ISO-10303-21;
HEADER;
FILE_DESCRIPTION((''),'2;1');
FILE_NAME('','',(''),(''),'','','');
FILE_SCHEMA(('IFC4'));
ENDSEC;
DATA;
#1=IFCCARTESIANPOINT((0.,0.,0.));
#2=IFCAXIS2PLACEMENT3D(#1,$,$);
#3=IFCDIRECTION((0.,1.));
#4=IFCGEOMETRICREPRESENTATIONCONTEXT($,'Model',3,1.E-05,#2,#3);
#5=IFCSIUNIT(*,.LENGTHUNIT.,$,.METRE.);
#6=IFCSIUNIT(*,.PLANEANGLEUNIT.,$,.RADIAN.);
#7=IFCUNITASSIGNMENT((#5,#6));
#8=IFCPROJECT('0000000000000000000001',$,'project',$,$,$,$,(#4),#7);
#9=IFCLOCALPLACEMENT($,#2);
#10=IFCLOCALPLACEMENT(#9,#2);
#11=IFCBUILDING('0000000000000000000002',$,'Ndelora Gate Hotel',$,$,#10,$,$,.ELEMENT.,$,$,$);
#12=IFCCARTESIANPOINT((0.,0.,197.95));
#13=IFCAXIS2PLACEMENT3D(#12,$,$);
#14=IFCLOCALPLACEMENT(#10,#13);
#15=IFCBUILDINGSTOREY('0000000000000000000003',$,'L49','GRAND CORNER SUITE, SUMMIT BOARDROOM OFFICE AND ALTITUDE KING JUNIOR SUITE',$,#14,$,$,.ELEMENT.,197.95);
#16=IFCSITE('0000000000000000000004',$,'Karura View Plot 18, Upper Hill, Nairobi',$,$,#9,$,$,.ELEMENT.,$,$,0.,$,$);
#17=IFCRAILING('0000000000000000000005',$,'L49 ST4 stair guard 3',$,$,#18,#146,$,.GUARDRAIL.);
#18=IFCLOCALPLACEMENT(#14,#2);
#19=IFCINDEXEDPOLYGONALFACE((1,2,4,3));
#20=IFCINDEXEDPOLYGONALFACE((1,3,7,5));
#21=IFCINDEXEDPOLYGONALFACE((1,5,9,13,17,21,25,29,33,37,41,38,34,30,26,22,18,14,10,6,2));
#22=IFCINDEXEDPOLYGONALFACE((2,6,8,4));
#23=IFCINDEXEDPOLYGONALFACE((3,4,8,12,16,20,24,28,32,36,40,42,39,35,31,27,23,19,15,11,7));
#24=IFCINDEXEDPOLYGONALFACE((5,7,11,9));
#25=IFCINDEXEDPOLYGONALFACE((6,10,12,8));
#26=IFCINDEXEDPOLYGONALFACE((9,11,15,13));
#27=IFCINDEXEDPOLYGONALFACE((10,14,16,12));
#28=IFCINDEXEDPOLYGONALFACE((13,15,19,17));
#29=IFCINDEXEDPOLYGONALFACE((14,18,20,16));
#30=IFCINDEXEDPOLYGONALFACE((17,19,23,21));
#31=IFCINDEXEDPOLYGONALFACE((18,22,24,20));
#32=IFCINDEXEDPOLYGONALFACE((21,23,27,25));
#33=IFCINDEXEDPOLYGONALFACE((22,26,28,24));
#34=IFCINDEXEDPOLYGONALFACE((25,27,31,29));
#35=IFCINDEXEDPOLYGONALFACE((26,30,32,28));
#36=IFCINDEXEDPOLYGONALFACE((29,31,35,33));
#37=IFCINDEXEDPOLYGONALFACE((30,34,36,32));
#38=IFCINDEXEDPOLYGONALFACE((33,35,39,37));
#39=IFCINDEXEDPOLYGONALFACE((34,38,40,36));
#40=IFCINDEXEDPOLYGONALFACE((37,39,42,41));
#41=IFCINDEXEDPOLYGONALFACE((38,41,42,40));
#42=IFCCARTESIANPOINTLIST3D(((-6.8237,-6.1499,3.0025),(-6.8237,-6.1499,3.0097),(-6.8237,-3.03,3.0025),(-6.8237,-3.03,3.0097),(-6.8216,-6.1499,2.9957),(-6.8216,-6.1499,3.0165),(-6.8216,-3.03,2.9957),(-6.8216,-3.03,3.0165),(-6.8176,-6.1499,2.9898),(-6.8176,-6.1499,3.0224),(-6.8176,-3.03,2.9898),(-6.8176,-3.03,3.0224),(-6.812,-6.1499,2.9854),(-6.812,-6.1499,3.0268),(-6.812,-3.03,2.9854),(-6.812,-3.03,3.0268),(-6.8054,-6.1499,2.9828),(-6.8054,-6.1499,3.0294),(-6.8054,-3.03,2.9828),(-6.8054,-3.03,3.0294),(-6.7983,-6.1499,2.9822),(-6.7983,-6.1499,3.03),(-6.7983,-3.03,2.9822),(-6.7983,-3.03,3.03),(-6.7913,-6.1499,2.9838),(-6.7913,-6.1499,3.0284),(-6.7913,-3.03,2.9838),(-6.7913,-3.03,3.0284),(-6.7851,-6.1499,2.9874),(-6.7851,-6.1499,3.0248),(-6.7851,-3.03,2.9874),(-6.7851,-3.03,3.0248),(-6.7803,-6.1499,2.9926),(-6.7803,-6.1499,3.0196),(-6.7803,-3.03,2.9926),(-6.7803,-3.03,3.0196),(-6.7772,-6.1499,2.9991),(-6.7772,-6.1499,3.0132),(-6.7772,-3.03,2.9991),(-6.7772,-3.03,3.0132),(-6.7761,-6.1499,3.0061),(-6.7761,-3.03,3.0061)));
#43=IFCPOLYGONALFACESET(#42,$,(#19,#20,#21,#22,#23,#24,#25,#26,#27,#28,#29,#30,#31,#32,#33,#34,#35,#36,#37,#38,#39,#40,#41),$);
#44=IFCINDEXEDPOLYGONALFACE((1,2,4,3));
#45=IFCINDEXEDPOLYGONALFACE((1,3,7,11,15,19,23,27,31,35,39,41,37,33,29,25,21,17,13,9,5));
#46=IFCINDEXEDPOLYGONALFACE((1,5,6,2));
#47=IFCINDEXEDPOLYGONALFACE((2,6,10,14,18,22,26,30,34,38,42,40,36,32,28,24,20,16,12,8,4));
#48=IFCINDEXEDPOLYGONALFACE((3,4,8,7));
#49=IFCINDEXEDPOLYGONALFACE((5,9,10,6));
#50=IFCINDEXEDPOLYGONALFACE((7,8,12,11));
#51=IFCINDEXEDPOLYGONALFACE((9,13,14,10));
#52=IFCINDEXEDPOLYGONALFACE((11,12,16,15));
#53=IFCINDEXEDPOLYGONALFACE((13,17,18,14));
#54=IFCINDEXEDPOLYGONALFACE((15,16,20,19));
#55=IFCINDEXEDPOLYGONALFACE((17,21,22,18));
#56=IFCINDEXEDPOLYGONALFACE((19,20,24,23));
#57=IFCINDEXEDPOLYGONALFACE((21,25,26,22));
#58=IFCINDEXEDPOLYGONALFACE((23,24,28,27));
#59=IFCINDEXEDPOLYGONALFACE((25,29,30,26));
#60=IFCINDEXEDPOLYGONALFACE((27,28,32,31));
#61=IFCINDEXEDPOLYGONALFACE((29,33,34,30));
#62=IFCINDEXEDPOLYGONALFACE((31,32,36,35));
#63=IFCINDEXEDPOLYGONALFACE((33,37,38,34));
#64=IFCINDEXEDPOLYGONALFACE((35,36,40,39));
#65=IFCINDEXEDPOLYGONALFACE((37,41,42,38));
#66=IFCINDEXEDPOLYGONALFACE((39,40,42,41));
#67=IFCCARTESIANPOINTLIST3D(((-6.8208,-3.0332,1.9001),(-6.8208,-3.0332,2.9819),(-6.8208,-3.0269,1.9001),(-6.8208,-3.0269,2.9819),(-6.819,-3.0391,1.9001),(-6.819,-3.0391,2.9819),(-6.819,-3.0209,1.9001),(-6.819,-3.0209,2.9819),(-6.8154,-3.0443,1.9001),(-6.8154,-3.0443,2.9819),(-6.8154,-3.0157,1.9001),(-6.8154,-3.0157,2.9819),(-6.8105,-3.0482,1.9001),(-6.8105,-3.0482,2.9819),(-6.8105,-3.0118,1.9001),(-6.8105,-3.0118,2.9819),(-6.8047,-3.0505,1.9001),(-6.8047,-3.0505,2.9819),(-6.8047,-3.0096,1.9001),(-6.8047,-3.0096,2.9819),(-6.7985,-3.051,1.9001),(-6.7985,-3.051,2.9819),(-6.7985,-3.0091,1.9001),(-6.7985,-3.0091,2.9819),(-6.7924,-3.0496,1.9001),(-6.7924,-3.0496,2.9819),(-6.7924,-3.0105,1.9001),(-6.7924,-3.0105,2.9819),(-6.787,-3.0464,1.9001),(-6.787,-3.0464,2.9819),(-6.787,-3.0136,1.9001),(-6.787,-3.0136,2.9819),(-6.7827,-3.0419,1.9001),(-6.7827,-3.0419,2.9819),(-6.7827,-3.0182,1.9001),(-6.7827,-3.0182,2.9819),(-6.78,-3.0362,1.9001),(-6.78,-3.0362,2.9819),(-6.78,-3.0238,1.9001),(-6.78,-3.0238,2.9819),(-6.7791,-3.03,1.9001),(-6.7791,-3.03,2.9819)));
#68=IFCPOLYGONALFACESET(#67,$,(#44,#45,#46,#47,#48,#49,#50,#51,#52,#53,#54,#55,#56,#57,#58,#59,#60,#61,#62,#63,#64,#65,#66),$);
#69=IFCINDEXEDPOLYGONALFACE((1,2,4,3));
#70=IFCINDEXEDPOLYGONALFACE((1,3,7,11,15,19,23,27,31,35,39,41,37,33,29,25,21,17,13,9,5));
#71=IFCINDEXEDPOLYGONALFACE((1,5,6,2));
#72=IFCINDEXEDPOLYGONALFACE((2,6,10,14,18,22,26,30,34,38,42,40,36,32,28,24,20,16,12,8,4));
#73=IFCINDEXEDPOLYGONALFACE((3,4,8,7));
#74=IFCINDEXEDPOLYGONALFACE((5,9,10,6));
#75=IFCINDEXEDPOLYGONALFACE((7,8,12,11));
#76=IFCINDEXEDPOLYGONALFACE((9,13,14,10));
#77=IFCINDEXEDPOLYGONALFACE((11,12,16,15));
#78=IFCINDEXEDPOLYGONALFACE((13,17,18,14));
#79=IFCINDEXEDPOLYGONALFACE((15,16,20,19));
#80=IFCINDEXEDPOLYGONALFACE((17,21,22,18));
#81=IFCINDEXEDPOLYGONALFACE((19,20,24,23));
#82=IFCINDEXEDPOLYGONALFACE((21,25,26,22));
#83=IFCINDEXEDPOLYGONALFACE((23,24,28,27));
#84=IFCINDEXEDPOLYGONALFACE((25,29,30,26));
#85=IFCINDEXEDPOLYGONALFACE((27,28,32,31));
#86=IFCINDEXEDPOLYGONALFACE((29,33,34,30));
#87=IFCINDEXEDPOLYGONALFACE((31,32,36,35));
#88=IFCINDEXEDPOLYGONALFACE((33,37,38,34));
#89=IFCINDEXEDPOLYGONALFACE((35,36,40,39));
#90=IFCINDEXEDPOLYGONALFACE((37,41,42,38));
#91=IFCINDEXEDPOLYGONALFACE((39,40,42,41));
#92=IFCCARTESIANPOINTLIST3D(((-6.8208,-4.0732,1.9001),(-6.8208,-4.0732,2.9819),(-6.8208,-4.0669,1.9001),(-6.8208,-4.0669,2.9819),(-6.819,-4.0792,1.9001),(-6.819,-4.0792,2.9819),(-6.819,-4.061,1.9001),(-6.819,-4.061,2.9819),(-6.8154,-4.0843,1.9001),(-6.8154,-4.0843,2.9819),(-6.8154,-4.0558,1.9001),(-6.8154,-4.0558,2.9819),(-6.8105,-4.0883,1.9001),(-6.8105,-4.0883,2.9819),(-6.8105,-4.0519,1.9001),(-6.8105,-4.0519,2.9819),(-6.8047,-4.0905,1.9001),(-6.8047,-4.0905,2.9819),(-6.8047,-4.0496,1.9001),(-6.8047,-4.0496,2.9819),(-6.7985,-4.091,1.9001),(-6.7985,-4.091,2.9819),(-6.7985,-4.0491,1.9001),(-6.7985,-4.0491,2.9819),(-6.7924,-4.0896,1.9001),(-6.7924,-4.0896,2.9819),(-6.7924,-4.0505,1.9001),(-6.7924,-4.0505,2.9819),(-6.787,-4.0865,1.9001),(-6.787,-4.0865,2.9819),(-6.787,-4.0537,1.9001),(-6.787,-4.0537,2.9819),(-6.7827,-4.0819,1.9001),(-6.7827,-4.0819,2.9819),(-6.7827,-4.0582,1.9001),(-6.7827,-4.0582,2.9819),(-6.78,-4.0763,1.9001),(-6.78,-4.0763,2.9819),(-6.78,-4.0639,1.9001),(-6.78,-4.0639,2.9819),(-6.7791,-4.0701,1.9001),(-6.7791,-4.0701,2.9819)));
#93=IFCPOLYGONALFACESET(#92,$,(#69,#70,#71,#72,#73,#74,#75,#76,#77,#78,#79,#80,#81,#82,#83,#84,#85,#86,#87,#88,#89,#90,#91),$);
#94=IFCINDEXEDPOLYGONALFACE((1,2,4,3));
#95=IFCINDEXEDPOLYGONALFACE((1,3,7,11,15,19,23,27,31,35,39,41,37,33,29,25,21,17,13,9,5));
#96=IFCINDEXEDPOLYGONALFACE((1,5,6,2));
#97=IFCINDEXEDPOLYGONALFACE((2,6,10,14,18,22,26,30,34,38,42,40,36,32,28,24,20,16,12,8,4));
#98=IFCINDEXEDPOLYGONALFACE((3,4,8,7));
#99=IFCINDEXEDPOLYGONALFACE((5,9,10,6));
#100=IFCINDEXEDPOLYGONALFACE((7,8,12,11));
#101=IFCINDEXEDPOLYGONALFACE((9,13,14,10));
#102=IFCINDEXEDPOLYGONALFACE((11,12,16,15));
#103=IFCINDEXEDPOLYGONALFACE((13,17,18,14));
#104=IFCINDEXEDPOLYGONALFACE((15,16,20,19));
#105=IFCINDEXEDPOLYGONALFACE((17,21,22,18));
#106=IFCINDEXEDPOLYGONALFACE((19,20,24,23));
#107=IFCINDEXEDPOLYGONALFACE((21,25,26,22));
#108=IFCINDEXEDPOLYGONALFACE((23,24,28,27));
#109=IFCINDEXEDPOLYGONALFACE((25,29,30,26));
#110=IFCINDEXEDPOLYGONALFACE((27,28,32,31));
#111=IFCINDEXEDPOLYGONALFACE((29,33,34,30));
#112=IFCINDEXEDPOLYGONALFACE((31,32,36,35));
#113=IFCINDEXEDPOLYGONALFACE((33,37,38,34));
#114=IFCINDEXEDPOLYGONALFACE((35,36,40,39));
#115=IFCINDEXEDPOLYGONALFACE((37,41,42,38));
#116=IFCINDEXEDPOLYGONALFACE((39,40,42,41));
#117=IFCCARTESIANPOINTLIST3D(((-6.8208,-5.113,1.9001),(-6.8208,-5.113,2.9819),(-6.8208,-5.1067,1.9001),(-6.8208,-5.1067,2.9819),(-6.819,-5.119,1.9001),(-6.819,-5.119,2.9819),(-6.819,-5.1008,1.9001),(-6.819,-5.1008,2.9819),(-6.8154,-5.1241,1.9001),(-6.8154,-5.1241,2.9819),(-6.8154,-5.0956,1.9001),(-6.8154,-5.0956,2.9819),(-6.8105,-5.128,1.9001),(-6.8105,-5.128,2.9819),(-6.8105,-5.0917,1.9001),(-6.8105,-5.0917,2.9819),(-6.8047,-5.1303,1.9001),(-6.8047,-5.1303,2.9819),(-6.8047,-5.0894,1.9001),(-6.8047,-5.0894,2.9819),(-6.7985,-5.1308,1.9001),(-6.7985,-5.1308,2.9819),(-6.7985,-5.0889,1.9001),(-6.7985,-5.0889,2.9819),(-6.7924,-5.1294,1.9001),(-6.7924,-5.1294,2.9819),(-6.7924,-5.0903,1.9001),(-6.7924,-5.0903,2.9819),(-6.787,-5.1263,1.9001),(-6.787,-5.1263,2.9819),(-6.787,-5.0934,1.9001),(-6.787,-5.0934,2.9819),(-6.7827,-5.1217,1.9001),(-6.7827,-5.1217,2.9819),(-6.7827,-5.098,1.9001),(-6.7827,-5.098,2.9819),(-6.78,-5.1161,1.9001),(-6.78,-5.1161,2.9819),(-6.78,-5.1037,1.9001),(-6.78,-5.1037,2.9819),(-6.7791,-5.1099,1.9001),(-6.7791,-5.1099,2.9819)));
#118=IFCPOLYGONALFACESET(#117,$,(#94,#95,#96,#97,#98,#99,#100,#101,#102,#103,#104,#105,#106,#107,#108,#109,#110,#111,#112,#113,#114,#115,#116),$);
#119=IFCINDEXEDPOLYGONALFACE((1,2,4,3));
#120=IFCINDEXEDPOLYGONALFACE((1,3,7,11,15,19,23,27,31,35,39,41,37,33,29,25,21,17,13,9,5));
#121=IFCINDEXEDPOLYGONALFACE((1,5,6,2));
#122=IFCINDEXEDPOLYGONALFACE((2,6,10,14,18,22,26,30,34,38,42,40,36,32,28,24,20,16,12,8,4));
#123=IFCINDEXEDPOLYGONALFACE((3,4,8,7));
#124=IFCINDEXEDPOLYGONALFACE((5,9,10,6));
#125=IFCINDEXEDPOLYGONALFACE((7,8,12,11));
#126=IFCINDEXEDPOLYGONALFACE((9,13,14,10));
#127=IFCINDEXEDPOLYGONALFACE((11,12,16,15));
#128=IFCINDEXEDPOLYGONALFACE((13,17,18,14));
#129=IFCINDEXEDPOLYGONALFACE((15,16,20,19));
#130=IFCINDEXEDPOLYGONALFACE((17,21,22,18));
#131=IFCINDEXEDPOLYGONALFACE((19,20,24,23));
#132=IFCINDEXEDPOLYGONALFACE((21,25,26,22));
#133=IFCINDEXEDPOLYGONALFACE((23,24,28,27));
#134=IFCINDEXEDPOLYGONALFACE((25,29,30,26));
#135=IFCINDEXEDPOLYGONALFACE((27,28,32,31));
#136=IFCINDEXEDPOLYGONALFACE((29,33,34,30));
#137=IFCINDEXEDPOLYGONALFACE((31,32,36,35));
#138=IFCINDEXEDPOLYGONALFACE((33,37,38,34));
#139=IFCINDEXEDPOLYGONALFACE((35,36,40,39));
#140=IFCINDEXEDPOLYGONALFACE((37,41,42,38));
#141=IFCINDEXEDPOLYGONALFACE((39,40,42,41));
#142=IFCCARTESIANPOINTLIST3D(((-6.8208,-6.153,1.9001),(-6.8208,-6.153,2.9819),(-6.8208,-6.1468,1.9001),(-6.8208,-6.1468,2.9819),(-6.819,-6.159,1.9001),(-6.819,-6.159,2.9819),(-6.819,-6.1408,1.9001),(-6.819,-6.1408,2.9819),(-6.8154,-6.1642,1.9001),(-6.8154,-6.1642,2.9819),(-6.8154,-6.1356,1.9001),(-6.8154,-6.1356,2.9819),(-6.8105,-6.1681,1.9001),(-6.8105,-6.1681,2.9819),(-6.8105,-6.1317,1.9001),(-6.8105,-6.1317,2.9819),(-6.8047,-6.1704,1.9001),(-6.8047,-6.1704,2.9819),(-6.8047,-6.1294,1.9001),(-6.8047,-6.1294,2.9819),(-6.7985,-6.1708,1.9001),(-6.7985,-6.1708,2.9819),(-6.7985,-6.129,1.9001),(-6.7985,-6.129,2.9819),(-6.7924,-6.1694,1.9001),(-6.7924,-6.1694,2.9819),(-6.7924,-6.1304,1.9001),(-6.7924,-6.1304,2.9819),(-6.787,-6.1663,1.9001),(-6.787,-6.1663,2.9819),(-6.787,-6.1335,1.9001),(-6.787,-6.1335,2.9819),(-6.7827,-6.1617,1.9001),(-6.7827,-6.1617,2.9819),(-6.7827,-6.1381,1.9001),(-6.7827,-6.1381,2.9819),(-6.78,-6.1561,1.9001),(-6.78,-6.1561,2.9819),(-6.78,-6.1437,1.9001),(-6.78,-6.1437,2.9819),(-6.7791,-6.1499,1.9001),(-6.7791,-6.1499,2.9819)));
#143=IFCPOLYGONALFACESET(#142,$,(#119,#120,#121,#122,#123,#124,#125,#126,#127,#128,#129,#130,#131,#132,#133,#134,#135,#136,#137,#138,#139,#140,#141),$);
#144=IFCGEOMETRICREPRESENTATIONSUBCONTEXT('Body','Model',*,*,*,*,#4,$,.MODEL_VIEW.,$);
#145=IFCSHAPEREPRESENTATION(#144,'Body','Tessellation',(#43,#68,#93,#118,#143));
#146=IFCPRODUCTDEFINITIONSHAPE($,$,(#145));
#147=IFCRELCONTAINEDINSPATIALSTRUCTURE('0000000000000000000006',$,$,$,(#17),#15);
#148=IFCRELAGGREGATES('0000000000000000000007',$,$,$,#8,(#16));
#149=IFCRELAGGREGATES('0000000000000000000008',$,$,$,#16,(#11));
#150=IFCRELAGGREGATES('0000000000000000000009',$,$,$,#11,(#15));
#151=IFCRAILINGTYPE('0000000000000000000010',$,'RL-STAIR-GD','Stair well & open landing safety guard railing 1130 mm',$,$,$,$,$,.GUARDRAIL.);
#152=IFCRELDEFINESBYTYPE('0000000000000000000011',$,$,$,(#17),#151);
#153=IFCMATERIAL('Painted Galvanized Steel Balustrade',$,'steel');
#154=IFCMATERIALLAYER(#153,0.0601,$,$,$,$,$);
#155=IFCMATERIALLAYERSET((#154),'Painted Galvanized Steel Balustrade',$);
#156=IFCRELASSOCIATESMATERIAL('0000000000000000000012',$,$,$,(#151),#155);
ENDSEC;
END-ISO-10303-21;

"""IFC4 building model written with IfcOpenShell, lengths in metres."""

from ifc_helpers import new_model, si_unit, direction, frame, origin, origin_2d, place, context, subcontext, project, spatial, circle, extrude, material, layer, layer_set, type_object, element, save


model = new_model("IFC4")

# Units and contexts
model_context = context("Model", 3, precision=1e-05, world=origin(), true_north=direction((0.0, 1.0)))
body_context = subcontext(model_context, "Body", "Model", "MODEL_VIEW")
ifc_project = project(units=[si_unit("LENGTHUNIT", "METRE"), si_unit("PLANEANGLEUNIT", "RADIAN")], contexts=[model_context])

# Site, building, storey
site_placement = place(None, origin())
site = spatial("IfcSite", under=ifc_project, at=site_placement, Name="Karura View Plot 18, Upper Hill, Nairobi", CompositionType="ELEMENT", RefElevation=0.0)
building_placement = place(site_placement, origin())
building = spatial("IfcBuilding", under=site, at=building_placement, Name="Ndelora Gate Hotel", CompositionType="ELEMENT")
storey_placement = place(building_placement, frame((0.0, 0.0, 197.95)))
storey = spatial("IfcBuildingStorey", under=building, at=storey_placement, Name="L49", Description="GRAND CORNER SUITE, SUMMIT BOARDROOM OFFICE AND ALTITUDE KING JUNIOR SUITE", CompositionType="ELEMENT", Elevation=197.95)

# Railing
ifc_material_1 = material(Name="Painted Galvanized Steel Balustrade", Category="steel")
ifc_layer_1 = layer(ifc_material_1, 0.0601)
ifc_layer_set_1 = layer_set([ifc_layer_1], Name="Painted Galvanized Steel Balustrade")
railing_type_1 = type_object("IfcRailingType", Name="RL-STAIR-GD", Description="Stair well & open landing safety guard railing 1130 mm", PredefinedType="GUARDRAIL", material=ifc_layer_set_1)
for number, where, name in (
    (1, (-6.8, -3.03, 1.9001), "L49 ST4 stair guard 3"),
):
    element("IfcRailing", number, at=place(storey_placement, frame(where)), inside=storey, type_object=railing_type_1, Name=name, PredefinedType="GUARDRAIL", context=body_context, shape_type="SweptSolid", body=[
        extrude(circle(Radius=0.0239, at=origin_2d()), frame((0.0, 0.0, 1.106), z_axis=(0.0, -1.0, 0.0), x_axis=(1.0, 0.0, 0.0)), (0.0, 0.0, 1.0), 3.1199),
        extrude(circle(Radius=0.021, at=origin_2d()), origin(), (0.0, 0.0, 1.0), 1.0818),
        extrude(circle(Radius=0.021, at=origin_2d()), frame((0.0, -1.04, 0.0)), (0.0, 0.0, 1.0), 1.0818),
        extrude(circle(Radius=0.021, at=origin_2d()), frame((0.0, -2.0798, 0.0)), (0.0, 0.0, 1.0), 1.0818),
        extrude(circle(Radius=0.021, at=origin_2d()), frame((0.0, -3.1199, 0.0)), (0.0, 0.0, 1.0), 1.0818),
    ])

save(model, "model.ifc")
